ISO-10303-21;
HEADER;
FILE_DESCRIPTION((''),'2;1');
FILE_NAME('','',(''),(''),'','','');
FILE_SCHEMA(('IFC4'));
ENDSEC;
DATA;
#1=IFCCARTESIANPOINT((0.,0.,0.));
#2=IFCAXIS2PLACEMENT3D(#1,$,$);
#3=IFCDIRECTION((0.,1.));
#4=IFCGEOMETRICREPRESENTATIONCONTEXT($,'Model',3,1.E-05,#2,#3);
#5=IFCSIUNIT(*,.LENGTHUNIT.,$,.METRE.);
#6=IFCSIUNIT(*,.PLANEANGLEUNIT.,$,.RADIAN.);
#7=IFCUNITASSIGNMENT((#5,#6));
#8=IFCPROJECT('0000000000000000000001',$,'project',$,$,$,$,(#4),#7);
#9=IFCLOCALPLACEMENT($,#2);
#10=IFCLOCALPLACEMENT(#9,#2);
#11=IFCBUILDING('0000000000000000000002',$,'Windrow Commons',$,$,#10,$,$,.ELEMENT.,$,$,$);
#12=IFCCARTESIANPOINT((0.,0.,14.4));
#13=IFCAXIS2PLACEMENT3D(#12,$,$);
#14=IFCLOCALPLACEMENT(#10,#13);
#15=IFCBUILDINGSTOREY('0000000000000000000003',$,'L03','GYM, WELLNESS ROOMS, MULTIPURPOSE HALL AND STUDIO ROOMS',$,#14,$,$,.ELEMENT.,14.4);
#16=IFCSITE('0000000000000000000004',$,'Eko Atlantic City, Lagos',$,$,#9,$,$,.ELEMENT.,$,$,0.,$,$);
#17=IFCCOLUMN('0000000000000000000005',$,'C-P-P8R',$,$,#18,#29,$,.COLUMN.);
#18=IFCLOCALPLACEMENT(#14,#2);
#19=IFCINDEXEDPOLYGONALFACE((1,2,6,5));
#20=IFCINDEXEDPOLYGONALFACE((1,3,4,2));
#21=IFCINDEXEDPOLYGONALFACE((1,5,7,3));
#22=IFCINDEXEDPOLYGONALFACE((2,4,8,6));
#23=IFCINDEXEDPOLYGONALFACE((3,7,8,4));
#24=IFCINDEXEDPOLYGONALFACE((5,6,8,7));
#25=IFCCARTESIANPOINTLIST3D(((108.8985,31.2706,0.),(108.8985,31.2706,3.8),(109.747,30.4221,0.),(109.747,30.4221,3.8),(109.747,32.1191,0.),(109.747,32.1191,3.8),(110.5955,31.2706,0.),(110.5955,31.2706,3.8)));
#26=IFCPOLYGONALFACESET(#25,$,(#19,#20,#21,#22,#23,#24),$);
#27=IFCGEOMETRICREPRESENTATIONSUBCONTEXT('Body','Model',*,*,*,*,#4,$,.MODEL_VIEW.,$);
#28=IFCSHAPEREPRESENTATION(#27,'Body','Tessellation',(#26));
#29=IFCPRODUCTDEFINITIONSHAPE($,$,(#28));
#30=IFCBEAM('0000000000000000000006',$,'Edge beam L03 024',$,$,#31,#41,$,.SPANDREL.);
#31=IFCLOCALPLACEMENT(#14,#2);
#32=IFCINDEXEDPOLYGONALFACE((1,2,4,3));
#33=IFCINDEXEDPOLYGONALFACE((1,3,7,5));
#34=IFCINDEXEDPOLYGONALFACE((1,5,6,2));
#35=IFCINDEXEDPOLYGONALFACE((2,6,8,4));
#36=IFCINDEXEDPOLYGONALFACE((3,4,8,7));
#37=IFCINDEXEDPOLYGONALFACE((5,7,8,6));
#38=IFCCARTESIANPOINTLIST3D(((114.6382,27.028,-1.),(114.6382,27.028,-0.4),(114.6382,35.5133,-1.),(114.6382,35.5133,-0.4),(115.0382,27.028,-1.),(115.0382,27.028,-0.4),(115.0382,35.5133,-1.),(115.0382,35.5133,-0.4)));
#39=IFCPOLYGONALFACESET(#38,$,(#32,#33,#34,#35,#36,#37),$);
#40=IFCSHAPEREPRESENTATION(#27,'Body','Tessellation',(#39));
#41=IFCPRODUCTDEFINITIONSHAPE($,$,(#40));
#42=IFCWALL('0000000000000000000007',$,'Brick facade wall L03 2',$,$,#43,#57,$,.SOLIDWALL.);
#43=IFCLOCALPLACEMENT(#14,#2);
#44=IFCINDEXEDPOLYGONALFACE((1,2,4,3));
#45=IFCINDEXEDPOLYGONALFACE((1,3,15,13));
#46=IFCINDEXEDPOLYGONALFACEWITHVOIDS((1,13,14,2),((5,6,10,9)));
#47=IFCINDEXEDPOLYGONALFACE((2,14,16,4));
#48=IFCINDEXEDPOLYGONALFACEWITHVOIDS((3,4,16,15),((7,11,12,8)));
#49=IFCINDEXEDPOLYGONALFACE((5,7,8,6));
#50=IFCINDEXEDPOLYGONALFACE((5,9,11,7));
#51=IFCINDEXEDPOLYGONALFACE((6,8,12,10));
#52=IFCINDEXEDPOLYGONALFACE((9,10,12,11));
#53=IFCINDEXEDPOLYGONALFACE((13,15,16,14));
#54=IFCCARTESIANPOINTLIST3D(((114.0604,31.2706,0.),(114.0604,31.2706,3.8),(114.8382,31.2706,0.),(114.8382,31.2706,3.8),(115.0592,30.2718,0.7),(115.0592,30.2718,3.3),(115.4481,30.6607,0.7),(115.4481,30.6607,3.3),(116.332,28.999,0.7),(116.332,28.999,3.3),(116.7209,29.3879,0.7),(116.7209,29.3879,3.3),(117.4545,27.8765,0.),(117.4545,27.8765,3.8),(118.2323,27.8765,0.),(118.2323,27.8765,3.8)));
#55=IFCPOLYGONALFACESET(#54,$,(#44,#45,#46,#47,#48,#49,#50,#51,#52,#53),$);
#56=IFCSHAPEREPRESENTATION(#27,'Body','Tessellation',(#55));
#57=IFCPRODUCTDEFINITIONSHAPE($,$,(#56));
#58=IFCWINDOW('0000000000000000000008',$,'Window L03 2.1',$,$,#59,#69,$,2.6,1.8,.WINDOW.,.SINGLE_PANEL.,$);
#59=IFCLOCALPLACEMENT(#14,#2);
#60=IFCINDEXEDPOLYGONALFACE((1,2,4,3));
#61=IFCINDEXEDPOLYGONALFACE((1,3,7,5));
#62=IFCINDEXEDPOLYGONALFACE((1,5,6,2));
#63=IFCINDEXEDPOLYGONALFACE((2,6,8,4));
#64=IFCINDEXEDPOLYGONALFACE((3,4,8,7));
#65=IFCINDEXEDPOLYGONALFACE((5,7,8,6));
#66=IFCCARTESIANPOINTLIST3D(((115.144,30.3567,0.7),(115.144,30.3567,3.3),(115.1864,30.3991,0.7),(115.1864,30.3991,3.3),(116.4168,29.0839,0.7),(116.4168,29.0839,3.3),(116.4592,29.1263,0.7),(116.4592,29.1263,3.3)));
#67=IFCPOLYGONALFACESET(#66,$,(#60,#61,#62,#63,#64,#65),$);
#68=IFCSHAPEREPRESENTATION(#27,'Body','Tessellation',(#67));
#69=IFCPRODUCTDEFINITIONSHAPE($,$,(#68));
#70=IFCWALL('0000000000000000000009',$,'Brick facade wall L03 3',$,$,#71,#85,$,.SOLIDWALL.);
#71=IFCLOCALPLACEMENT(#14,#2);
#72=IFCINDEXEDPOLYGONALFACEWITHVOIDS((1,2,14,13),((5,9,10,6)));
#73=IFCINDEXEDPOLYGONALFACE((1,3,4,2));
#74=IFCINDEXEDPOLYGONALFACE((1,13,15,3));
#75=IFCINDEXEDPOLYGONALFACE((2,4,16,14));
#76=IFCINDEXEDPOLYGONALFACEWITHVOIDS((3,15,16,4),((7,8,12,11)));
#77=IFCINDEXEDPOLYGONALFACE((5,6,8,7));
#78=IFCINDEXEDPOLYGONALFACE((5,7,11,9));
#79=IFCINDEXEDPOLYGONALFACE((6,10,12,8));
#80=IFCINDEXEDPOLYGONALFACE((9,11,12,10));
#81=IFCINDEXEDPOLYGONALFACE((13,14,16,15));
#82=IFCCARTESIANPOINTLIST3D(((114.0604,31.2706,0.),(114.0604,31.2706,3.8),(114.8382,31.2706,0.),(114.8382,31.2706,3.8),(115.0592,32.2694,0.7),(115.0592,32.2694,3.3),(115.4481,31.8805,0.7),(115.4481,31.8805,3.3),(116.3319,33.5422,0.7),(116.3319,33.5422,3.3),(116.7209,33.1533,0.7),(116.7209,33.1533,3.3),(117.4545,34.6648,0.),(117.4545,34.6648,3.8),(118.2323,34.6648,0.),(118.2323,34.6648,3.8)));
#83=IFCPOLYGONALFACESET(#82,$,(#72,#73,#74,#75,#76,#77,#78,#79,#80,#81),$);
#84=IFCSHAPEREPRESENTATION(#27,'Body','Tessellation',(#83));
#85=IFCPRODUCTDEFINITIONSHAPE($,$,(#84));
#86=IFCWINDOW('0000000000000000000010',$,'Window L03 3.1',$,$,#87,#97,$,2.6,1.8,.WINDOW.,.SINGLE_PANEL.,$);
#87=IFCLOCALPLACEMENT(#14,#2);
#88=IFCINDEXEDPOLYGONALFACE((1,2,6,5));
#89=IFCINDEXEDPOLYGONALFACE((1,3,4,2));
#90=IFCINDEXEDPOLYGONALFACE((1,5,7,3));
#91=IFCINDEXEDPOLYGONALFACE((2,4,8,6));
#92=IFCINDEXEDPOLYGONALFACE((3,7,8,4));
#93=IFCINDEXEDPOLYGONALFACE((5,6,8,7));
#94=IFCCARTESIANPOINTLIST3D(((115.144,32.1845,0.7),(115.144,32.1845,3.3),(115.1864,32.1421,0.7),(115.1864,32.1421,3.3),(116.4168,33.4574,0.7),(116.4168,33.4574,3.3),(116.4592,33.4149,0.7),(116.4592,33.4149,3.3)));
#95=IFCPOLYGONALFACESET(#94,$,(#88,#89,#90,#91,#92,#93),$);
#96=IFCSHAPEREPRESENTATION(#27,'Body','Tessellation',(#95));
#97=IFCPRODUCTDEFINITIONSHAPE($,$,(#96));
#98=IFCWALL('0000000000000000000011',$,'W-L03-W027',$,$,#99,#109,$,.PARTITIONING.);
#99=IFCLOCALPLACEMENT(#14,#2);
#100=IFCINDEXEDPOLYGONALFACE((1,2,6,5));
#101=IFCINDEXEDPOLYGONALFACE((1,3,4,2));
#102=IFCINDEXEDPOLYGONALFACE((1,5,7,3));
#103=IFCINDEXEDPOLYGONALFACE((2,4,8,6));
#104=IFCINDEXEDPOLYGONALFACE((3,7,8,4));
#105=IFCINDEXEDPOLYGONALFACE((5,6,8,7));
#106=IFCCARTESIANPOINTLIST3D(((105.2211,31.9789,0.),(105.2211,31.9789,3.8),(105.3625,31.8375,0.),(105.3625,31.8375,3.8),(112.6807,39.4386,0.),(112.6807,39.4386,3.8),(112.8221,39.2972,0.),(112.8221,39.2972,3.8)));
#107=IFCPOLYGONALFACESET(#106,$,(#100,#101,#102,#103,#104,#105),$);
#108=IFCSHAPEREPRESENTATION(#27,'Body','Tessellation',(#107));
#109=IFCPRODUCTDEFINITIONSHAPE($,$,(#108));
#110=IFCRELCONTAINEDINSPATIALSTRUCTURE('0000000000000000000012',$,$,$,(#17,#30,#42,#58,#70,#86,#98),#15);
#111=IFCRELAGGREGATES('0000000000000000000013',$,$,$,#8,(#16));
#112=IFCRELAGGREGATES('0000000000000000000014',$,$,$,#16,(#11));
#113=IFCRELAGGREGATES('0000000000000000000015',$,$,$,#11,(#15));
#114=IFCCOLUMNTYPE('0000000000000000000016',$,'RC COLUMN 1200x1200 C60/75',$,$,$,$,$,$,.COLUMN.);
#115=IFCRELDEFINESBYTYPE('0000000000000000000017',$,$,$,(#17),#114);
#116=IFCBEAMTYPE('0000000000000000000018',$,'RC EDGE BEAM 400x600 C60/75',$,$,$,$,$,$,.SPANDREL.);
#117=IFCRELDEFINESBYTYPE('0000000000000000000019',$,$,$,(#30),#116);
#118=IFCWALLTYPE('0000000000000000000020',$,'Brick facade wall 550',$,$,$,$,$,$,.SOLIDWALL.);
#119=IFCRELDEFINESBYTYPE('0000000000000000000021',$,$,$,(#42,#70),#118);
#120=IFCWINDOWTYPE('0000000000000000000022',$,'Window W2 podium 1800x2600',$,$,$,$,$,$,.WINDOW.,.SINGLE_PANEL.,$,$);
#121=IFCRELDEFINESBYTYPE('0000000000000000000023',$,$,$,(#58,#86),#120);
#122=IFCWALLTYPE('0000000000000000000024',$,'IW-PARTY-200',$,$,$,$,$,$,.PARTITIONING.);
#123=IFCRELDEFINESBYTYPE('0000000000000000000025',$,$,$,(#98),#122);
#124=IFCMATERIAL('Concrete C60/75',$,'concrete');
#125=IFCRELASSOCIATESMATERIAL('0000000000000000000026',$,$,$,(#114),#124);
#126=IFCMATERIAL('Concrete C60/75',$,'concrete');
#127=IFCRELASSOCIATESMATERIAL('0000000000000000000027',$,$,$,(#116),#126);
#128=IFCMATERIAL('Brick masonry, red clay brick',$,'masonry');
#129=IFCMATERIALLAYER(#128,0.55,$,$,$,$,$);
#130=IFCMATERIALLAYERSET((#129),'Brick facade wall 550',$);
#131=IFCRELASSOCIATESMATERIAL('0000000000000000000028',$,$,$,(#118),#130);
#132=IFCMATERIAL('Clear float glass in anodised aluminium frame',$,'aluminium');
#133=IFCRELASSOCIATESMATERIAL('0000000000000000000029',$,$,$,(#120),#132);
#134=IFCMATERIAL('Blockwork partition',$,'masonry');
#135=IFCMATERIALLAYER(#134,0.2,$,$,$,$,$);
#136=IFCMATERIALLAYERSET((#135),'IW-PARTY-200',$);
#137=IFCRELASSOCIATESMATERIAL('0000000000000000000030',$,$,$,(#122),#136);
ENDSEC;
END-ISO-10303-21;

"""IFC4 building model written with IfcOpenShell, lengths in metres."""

from ifc_helpers import new_model, si_unit, direction, frame, frame_2d, origin, origin_2d, place, context, subcontext, project, spatial, polyline, rectangle, outline, extrude, material, layer, layer_set, material_profile, profile_set, type_object, element, fill, save


model = new_model("IFC4")

# Units and contexts
model_context = context("Model", 3, precision=1e-05, world=origin(), true_north=direction((0.0, 1.0)))
body_context = subcontext(model_context, "Body", "Model", "MODEL_VIEW")
ifc_project = project(units=[si_unit("LENGTHUNIT", "METRE"), si_unit("PLANEANGLEUNIT", "RADIAN")], contexts=[model_context])

# Site, building, storey
site_placement = place(None, origin())
site = spatial("IfcSite", under=ifc_project, at=site_placement, Name="Eko Atlantic City, Lagos", CompositionType="ELEMENT", RefElevation=0.0)
building_placement = place(site_placement, origin())
building = spatial("IfcBuilding", under=site, at=building_placement, Name="Windrow Commons", CompositionType="ELEMENT")
storey_placement = place(building_placement, frame((0.0, 0.0, 14.4)))
storey = spatial("IfcBuildingStorey", under=building, at=storey_placement, Name="L03", Description="GYM, WELLNESS ROOMS, MULTIPURPOSE HALL AND STUDIO ROOMS", CompositionType="ELEMENT", Elevation=14.4)

# Column
ifc_material_1 = material(Name="Concrete C60/75", Category="concrete")
ifc_material_profile_1 = material_profile(ifc_material_1, rectangle(XDim=1.2, YDim=1.2, at=origin_2d()))
ifc_profile_set_1 = profile_set([ifc_material_profile_1], Name="Concrete C60/75")
column_type = type_object("IfcColumnType", Name="RC COLUMN 1200x1200 C60/75", PredefinedType="COLUMN", material=ifc_profile_set_1)
column_placement = place(storey_placement, frame((109.747, 31.2706, 0.0), z_axis=(0.0, 0.0, 1.0), x_axis=(0.707107, -0.707107, 0.0)))
element("IfcColumn", 1, at=column_placement, inside=storey, type_object=column_type, Name="C-P-P8R", PredefinedType="COLUMN", context=body_context, shape_type="SweptSolid", body=[
    extrude(rectangle(XDim=1.2, YDim=1.2, at=origin_2d()), origin(), (0.0, 0.0, 1.0), 3.8),
])

# Beam
ifc_material_2 = material(Name="Concrete C60/75", Category="concrete")
ifc_material_profile_2 = material_profile(ifc_material_2, rectangle(XDim=0.4, YDim=0.6, at=origin_2d()))
ifc_profile_set_2 = profile_set([ifc_material_profile_2], Name="Concrete C60/75")
beam_type = type_object("IfcBeamType", Name="RC EDGE BEAM 400x600 C60/75", PredefinedType="SPANDREL", material=ifc_profile_set_2)
beam_placement = place(storey_placement, frame((114.8382, 35.5133, -0.7), z_axis=(0.0, -1.0, 0.0), x_axis=(1.0, 0.0, 0.0)))
element("IfcBeam", 2, at=beam_placement, inside=storey, type_object=beam_type, Name="Edge beam L03 024", PredefinedType="SPANDREL", context=body_context, shape_type="SweptSolid", body=[
    extrude(rectangle(XDim=0.4, YDim=0.6, at=origin_2d()), origin(), (0.0, 0.0, 1.0), 8.4853),
])

# Walls, openings, windows
ifc_material_3 = material(Name="Brick masonry, red clay brick", Category="masonry")
ifc_layer_1 = layer(ifc_material_3, 0.55)
ifc_layer_set_1 = layer_set([ifc_layer_1], Name="Brick facade wall 550")
wall_type_1 = type_object("IfcWallType", Name="Brick facade wall 550", PredefinedType="SOLIDWALL", material=ifc_layer_set_1)
wall_1_placement = place(storey_placement, frame((117.8434, 27.8765, 0.0), z_axis=(0.0, 0.0, 1.0), x_axis=(-0.707107, 0.707107, 0.0)))
wall_1 = element("IfcWall", 3, at=wall_1_placement, inside=storey, type_object=wall_type_1, Name="Brick facade wall L03 2", PredefinedType="SOLIDWALL", context=body_context, shape_type="SweptSolid", body=[
    extrude(outline(polyline([(-0.275, -0.275), (4.525, -0.275), (5.075, 0.275), (0.275, 0.275), (-0.275, -0.275)])), origin(), (0.0, 0.0, 1.0), 3.8),
])
opening_1_placement = place(wall_1_placement, frame((1.8625, 0.0, 0.7)))
opening_1 = element("IfcOpeningElement", 4, at=opening_1_placement, cuts=wall_1, PredefinedType="OPENING", context=body_context, shape_type="SweptSolid", body=[
    extrude(rectangle(XDim=1.8, YDim=2.6, at=frame_2d((0.9, 1.3))), frame((0.0, 0.285, 0.0), z_axis=(0.0, -1.0, 0.0), x_axis=(1.0, 0.0, 0.0)), (0.0, 0.0, 1.0), 0.57),
])
ifc_material_4 = material(Name="Clear float glass in anodised aluminium frame", Category="aluminium")
window_type = type_object("IfcWindowType", Name="Window W2 podium 1800x2600", PartitioningType="SINGLE_PANEL", PredefinedType="WINDOW", material=ifc_material_4)
window_1_placement = place(opening_1_placement, origin())
window_1 = element("IfcWindow", 5, at=window_1_placement, inside=storey, type_object=window_type, Name="Window L03 2.1", OverallHeight=2.6, OverallWidth=1.8, PartitioningType="SINGLE_PANEL", PredefinedType="WINDOW", context=body_context, shape_type="SweptSolid", body=[
    extrude(rectangle(XDim=1.8, YDim=2.6, at=frame_2d((0.9, 1.3))), frame((0.0, 0.155, 0.0), z_axis=(0.0, -1.0, 0.0), x_axis=(1.0, 0.0, 0.0)), (0.0, 0.0, 1.0), 0.06),
])
fill(opening_1, window_1)
wall_2_placement = place(storey_placement, frame((114.4493, 31.2706, 0.0), z_axis=(0.0, 0.0, 1.0), x_axis=(0.707096, 0.707117, 0.0)))
wall_2 = element("IfcWall", 6, at=wall_2_placement, inside=storey, type_object=wall_type_1, Name="Brick facade wall L03 3", PredefinedType="SOLIDWALL", context=body_context, shape_type="SweptSolid", body=[
    extrude(outline(polyline([(0.275, -0.275), (5.075, -0.275), (4.5251, 0.275), (-0.275, 0.275), (0.275, -0.275)])), origin(), (0.0, 0.0, 1.0), 3.8),
])
opening_2_placement = place(wall_2_placement, frame((1.1375, 0.0, 0.7)))
opening_2 = element("IfcOpeningElement", 7, at=opening_2_placement, cuts=wall_2, PredefinedType="OPENING", context=body_context, shape_type="SweptSolid", body=[
    extrude(rectangle(XDim=1.8, YDim=2.6, at=frame_2d((0.9, 1.3))), frame((0.0, 0.285, 0.0), z_axis=(0.0, -1.0, 0.0), x_axis=(1.0, 0.0, 0.0)), (0.0, 0.0, 1.0), 0.57),
])
window_2_placement = place(opening_2_placement, origin())
window_2 = element("IfcWindow", 8, at=window_2_placement, inside=storey, type_object=window_type, Name="Window L03 3.1", OverallHeight=2.6, OverallWidth=1.8, PartitioningType="SINGLE_PANEL", PredefinedType="WINDOW", context=body_context, shape_type="SweptSolid", body=[
    extrude(rectangle(XDim=1.8, YDim=2.6, at=frame_2d((0.9, 1.3))), frame((0.0, 0.155, 0.0), z_axis=(0.0, -1.0, 0.0), x_axis=(1.0, 0.0, 0.0)), (0.0, 0.0, 1.0), 0.06),
])
fill(opening_2, window_2)

# Wall
ifc_material_5 = material(Name="Blockwork partition", Category="masonry")
ifc_layer_2 = layer(ifc_material_5, 0.2)
ifc_layer_set_2 = layer_set([ifc_layer_2], Name="IW-PARTY-200")
wall_type_2 = type_object("IfcWallType", Name="IW-PARTY-200", PredefinedType="PARTITIONING", material=ifc_layer_set_2)
wall_3_placement = place(storey_placement, frame((105.2918, 31.9082, 0.0), z_axis=(0.0, 0.0, 1.0), x_axis=(0.707102, 0.707112, 0.0)))
element("IfcWall", 9, at=wall_3_placement, inside=storey, type_object=wall_type_2, Name="W-L03-W027", PredefinedType="PARTITIONING", context=body_context, shape_type="SweptSolid", body=[
    extrude(rectangle(XDim=10.5495, YDim=0.2, at=frame_2d((5.2748, 0.0))), origin(), (0.0, 0.0, 1.0), 3.8),
])

save(model, "model.ifc")
